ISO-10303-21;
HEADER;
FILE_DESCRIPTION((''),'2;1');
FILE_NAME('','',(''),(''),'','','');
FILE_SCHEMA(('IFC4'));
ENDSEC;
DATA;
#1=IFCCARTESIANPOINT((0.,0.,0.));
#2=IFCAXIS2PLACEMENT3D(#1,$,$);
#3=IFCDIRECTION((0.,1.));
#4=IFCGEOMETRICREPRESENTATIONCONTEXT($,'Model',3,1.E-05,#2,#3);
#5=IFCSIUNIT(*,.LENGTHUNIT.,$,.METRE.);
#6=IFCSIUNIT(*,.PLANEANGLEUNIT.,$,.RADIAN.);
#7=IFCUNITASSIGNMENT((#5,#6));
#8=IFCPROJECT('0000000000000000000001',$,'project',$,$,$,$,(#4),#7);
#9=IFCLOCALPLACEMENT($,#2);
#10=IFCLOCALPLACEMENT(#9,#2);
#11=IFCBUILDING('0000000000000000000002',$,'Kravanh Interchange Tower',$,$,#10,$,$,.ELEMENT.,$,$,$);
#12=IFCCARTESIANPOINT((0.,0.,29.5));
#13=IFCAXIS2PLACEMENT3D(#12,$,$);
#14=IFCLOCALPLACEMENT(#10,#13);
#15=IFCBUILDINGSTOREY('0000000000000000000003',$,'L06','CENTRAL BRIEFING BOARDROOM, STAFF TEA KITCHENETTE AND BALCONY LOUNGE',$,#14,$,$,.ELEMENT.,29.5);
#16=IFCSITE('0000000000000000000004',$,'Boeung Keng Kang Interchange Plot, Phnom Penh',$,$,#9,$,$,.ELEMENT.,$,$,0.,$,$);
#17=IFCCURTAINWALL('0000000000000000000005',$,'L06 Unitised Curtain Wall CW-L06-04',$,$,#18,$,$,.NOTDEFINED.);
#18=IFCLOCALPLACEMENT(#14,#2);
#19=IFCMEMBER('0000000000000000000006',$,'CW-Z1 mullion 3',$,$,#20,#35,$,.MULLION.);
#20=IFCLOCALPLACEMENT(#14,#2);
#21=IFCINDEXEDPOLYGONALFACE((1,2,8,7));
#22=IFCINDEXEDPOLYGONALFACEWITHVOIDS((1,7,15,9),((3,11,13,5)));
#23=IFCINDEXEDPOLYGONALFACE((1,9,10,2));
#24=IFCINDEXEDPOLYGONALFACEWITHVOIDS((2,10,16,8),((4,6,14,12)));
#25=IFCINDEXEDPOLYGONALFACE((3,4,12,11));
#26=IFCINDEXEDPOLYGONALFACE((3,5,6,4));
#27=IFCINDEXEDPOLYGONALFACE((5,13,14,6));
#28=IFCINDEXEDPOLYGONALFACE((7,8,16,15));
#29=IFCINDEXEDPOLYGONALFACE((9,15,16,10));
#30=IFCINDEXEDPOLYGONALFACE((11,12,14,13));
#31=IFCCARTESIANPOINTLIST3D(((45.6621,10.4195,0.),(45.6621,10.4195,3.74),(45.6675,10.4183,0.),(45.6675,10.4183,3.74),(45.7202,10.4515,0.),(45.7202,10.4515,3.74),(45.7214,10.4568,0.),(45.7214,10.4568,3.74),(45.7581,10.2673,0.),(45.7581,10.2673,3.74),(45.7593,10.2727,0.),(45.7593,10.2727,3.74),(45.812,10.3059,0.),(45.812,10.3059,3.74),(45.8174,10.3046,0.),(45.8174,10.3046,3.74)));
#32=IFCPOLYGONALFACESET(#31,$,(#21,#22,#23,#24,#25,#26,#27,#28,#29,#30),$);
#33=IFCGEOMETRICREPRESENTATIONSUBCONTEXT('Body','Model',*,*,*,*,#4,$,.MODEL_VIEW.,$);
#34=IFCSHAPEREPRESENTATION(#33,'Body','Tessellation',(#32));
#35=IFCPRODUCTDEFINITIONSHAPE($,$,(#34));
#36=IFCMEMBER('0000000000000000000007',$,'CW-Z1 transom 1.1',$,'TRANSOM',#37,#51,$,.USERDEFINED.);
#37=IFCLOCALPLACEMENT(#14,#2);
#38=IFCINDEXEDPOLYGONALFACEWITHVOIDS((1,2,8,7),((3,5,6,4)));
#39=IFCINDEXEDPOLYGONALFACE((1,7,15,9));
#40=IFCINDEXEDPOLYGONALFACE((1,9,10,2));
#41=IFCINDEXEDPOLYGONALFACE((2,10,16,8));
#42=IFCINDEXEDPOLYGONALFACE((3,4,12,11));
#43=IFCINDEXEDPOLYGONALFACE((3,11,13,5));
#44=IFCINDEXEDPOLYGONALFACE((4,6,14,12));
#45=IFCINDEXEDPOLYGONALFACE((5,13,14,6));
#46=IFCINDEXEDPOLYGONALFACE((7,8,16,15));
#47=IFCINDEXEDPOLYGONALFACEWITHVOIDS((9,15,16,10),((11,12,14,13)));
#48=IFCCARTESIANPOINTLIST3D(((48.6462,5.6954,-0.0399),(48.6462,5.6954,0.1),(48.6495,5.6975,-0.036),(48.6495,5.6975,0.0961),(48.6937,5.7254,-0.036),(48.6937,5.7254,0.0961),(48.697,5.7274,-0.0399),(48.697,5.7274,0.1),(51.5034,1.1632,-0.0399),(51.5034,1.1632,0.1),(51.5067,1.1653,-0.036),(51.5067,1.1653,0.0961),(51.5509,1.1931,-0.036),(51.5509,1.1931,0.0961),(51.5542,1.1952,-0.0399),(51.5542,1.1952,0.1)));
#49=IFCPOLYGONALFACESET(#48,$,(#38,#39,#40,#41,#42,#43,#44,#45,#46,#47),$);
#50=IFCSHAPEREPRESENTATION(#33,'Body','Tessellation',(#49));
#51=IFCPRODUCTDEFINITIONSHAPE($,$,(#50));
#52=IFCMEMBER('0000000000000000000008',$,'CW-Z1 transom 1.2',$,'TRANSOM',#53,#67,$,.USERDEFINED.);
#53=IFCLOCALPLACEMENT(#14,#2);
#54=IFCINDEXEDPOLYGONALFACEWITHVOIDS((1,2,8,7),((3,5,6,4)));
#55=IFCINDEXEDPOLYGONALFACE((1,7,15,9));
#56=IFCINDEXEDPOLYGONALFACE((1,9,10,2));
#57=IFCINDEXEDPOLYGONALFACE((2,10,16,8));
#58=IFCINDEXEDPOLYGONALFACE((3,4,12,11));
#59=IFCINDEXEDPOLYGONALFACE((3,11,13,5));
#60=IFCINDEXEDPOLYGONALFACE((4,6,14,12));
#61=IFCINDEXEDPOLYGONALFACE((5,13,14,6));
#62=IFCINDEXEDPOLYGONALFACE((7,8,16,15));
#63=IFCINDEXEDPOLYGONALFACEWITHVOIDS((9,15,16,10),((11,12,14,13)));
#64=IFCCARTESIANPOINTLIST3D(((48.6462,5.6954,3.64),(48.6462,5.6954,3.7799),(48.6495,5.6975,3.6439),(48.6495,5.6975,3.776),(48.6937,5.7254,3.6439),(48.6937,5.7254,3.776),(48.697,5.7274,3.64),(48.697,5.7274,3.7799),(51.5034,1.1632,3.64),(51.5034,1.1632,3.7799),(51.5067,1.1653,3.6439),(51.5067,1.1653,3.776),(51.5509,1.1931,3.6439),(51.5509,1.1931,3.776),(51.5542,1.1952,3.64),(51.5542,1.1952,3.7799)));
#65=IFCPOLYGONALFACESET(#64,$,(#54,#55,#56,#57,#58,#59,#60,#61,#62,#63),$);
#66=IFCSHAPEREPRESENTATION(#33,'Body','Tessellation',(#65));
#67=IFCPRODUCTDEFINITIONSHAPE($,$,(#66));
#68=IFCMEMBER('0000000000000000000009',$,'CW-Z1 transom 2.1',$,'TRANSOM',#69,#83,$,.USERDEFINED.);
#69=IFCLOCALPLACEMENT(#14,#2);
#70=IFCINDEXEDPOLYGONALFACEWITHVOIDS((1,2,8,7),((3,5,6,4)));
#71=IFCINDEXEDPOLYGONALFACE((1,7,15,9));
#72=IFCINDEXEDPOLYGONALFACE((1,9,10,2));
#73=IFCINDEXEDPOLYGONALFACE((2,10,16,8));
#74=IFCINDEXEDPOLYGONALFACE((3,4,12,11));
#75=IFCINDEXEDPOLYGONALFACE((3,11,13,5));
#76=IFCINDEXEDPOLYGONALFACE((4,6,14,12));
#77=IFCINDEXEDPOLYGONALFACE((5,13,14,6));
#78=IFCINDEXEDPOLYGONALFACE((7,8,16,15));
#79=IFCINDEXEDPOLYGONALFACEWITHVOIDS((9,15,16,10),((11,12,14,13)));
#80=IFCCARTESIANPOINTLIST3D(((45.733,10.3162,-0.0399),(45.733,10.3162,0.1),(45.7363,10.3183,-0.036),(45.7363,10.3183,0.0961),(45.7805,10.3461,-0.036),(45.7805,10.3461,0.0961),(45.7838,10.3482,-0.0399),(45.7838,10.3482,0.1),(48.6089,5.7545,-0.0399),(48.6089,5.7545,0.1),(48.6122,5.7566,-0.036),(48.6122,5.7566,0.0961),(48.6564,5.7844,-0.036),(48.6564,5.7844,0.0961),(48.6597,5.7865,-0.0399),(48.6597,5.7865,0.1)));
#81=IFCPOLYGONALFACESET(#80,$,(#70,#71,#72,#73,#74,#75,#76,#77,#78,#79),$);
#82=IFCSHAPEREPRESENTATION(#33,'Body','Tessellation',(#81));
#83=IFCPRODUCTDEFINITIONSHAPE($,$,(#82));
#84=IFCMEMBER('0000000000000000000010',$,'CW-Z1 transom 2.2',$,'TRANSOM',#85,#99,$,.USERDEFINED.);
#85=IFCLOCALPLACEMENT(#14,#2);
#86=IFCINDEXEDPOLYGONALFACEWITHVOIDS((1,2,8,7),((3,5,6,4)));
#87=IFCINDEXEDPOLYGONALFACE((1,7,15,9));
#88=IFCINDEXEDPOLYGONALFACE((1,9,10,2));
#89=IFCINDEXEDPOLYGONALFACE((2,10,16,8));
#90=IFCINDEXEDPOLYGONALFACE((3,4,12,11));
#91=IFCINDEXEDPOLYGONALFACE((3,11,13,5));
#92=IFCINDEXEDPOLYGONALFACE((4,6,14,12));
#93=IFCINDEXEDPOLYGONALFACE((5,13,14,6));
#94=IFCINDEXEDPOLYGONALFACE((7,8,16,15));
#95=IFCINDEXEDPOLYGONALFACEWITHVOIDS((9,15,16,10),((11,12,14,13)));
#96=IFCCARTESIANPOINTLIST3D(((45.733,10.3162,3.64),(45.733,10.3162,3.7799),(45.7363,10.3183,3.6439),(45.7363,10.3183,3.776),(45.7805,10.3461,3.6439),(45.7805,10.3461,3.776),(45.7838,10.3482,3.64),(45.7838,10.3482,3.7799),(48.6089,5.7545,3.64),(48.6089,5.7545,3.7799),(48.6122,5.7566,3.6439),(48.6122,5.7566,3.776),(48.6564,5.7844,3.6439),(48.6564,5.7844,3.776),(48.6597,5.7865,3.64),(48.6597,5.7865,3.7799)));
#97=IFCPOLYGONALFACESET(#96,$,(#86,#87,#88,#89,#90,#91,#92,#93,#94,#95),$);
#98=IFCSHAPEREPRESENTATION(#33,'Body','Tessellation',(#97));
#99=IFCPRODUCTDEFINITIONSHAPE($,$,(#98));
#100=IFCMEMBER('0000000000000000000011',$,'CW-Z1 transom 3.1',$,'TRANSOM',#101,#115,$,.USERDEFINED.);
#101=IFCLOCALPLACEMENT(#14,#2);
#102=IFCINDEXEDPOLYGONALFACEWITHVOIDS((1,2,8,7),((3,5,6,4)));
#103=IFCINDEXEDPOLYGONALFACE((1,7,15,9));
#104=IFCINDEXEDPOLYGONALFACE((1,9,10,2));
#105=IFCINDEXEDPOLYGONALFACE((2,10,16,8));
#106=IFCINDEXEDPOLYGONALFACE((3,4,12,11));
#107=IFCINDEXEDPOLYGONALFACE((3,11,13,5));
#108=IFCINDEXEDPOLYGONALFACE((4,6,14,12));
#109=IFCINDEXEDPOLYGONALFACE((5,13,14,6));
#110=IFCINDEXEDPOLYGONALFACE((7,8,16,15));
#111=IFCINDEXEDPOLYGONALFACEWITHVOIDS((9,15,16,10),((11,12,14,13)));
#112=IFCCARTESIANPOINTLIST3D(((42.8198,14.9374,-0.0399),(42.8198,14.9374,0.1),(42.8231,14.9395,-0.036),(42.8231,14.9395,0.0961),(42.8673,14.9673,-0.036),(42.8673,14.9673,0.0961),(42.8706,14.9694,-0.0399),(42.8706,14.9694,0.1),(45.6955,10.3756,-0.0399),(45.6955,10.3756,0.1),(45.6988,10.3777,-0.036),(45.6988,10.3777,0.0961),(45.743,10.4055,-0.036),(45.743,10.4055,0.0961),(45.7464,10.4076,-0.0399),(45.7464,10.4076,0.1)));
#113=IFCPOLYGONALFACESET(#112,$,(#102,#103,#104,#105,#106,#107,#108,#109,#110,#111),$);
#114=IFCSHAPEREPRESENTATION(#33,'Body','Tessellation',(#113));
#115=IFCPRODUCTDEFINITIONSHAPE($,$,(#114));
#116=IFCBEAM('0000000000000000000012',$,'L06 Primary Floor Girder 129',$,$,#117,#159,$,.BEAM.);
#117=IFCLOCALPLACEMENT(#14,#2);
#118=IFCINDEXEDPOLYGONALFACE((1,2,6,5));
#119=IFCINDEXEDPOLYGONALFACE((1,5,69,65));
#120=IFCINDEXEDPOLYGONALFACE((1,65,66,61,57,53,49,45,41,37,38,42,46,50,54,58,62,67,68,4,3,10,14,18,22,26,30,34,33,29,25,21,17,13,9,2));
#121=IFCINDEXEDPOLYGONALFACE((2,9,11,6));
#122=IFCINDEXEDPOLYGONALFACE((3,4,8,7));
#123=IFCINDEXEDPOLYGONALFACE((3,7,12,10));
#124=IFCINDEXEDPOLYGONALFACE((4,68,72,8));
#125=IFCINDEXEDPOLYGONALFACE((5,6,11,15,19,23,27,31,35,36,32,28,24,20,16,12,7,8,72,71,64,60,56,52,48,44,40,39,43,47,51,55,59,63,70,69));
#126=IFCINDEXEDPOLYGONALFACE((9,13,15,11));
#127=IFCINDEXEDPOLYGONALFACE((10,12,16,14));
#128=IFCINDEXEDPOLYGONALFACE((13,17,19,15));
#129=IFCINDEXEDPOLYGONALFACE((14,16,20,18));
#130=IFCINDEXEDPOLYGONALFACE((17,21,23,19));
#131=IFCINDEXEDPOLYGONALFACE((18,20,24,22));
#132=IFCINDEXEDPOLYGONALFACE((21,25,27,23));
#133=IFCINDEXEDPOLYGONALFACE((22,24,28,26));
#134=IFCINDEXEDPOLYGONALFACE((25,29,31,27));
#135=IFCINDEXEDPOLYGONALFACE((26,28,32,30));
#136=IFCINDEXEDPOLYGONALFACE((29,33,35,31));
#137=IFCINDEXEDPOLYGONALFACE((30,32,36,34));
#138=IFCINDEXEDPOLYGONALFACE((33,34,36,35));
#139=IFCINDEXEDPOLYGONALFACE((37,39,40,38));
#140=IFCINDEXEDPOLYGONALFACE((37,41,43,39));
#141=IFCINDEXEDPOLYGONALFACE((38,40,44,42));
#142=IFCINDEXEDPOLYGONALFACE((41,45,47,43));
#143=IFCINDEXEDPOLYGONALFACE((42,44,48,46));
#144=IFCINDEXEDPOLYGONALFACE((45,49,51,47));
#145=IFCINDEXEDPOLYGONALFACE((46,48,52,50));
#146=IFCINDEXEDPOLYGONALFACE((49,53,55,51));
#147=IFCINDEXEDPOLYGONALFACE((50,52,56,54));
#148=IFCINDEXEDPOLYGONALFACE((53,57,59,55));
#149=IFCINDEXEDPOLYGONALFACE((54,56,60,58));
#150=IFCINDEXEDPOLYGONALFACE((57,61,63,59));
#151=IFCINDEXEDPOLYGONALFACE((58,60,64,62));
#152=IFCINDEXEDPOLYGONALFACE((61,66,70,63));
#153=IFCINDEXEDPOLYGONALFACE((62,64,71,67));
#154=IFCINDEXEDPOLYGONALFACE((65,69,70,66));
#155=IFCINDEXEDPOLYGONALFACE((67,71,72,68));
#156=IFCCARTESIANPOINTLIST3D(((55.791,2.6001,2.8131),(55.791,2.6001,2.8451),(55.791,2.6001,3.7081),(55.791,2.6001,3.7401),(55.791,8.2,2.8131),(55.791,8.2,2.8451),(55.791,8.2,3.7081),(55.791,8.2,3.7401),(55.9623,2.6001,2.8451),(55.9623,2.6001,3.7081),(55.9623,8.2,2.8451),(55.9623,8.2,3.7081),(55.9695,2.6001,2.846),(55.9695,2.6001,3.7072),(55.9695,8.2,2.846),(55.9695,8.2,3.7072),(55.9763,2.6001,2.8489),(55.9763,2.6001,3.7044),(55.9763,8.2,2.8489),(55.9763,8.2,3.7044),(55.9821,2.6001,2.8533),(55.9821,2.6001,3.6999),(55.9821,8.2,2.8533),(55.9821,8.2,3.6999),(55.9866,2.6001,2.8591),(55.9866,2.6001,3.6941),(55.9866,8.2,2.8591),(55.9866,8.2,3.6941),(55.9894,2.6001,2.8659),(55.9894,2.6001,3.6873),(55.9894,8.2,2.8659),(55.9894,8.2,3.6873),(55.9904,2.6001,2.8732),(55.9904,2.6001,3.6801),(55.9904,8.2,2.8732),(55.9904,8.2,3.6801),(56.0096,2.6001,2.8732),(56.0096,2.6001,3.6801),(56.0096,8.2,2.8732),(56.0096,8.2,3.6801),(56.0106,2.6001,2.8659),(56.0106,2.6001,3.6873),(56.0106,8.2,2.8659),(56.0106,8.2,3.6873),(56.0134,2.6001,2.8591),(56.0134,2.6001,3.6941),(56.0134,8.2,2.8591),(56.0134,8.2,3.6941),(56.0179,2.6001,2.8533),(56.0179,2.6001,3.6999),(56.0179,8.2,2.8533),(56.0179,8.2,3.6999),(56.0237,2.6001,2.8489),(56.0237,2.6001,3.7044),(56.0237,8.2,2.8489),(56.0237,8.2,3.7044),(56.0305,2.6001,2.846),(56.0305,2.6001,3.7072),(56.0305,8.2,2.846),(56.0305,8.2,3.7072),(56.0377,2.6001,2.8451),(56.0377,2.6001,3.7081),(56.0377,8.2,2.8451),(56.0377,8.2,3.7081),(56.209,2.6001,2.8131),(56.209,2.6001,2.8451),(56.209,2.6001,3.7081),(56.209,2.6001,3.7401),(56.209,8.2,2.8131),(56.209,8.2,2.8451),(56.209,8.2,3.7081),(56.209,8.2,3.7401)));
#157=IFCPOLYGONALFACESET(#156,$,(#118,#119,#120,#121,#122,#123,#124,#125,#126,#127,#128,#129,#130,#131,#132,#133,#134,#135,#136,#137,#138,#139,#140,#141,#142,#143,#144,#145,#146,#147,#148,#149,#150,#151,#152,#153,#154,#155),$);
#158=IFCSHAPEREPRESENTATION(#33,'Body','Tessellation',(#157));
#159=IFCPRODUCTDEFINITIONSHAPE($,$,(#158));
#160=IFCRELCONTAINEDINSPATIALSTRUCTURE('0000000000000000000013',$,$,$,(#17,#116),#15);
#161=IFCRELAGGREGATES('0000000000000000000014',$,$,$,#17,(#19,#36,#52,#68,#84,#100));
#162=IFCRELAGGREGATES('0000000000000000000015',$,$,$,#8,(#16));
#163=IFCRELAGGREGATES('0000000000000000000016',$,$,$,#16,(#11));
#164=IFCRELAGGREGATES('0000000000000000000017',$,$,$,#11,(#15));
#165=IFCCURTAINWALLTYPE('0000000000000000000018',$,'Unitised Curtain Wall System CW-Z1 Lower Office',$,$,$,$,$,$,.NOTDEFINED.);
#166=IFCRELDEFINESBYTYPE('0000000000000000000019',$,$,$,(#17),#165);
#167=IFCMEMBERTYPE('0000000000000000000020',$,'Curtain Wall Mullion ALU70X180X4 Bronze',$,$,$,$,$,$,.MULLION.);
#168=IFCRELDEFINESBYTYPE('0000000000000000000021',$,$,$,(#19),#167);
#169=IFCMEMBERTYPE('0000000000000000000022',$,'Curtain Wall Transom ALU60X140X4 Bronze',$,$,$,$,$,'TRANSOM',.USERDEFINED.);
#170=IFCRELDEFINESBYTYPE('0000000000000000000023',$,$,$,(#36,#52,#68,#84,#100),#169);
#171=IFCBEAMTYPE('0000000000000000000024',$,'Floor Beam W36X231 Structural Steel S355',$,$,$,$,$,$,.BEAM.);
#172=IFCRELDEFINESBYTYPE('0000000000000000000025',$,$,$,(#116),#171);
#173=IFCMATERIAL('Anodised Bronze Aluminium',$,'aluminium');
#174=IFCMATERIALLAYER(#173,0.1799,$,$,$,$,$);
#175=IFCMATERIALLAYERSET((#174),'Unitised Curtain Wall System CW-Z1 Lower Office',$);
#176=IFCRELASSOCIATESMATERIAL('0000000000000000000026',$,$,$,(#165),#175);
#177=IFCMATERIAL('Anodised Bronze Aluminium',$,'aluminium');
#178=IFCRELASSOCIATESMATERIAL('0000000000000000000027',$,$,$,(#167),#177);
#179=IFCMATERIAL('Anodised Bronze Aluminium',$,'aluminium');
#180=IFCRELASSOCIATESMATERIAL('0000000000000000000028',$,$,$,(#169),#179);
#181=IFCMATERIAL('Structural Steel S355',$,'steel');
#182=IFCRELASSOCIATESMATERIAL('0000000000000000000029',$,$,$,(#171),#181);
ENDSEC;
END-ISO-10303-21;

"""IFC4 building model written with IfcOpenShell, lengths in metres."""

from ifc_helpers import new_model, si_unit, direction, frame, origin, origin_2d, place, context, subcontext, project, spatial, hollow_rectangle, i_section, extrude, material, layer, layer_set, material_profile, profile_set, type_object, element, aggregate, save


model = new_model("IFC4")

# Units and contexts
model_context = context("Model", 3, precision=1e-05, world=origin(), true_north=direction((0.0, 1.0)))
body_context = subcontext(model_context, "Body", "Model", "MODEL_VIEW")
ifc_project = project(units=[si_unit("LENGTHUNIT", "METRE"), si_unit("PLANEANGLEUNIT", "RADIAN")], contexts=[model_context])

# Site, building, storey
site_placement = place(None, origin())
site = spatial("IfcSite", under=ifc_project, at=site_placement, Name="Boeung Keng Kang Interchange Plot, Phnom Penh", CompositionType="ELEMENT", RefElevation=0.0)
building_placement = place(site_placement, origin())
building = spatial("IfcBuilding", under=site, at=building_placement, Name="Kravanh Interchange Tower", CompositionType="ELEMENT")
storey_placement = place(building_placement, frame((0.0, 0.0, 29.5)))
storey = spatial("IfcBuildingStorey", under=building, at=storey_placement, Name="L06", Description="CENTRAL BRIEFING BOARDROOM, STAFF TEA KITCHENETTE AND BALCONY LOUNGE", CompositionType="ELEMENT", Elevation=29.5)

# Shared definitions
ifc_material_1 = material(Name="Anodised Bronze Aluminium", Category="aluminium")
ifc_layer_1 = layer(ifc_material_1, 0.1799)
ifc_layer_set_1 = layer_set([ifc_layer_1], Name="Unitised Curtain Wall System CW-Z1 Lower Office")
curtain_wall_type = type_object("IfcCurtainWallType", Name="Unitised Curtain Wall System CW-Z1 Lower Office", PredefinedType="NOTDEFINED", material=ifc_layer_set_1)
ifc_material_2 = material(Name="Anodised Bronze Aluminium", Category="aluminium")
ifc_material_profile_1 = material_profile(ifc_material_2, hollow_rectangle(XDim=0.0701, YDim=0.1799, WallThickness=0.0039, at=origin_2d()), Name="ALU70X180X4")
ifc_profile_set_1 = profile_set([ifc_material_profile_1], Name="Anodised Bronze Aluminium")
member_type_1 = type_object("IfcMemberType", Name="Curtain Wall Mullion ALU70X180X4 Bronze", PredefinedType="MULLION", material=ifc_profile_set_1)

# Curtain wall, members
curtain_wall_1_placement = place(storey_placement, origin())
curtain_wall_1 = element("IfcCurtainWall", 1, at=curtain_wall_1_placement, inside=storey, type_object=curtain_wall_type, Name="L06 Unitised Curtain Wall CW-L06-04", PredefinedType="NOTDEFINED")
member_1_placement = place(storey_placement, frame((45.7397, 10.3621, 0.0), z_axis=(0.0, 0.0, 1.0), x_axis=(-0.845926, -0.533301, 0.0)))
member_1 = element("IfcMember", 2, at=member_1_placement, type_object=member_type_1, Name="CW-Z1 mullion 3", PredefinedType="MULLION", context=body_context, shape_type="SweptSolid", body=[
    extrude(hollow_rectangle(XDim=0.0701, YDim=0.1799, WallThickness=0.0039, at=origin_2d()), origin(), (0.0, 0.0, 1.0), 3.74),
])
ifc_material_3 = material(Name="Anodised Bronze Aluminium", Category="aluminium")
ifc_material_profile_2 = material_profile(ifc_material_3, hollow_rectangle(XDim=0.0601, YDim=0.1399, WallThickness=0.0039, at=origin_2d()), Name="ALU60X140X4")
ifc_profile_set_2 = profile_set([ifc_material_profile_2], Name="Anodised Bronze Aluminium")
member_type_2 = type_object("IfcMemberType", Name="Curtain Wall Transom ALU60X140X4 Bronze", ElementType="TRANSOM", PredefinedType="USERDEFINED", material=ifc_profile_set_2)
member_2_placement = place(storey_placement, frame((51.5288, 1.1792, 0.03), z_axis=(-0.533288, 0.845934, 0.0), x_axis=(-0.845934, -0.533288, 0.0)))
member_2 = element("IfcMember", 3, at=member_2_placement, type_object=member_type_2, Name="CW-Z1 transom 1.1", ObjectType="TRANSOM", PredefinedType="USERDEFINED", context=body_context, shape_type="SweptSolid", body=[
    extrude(hollow_rectangle(XDim=0.0601, YDim=0.1399, WallThickness=0.0039, at=origin_2d()), origin(), (0.0, 0.0, 1.0), 5.3577),
])
member_3_placement = place(storey_placement, frame((51.5288, 1.1792, 3.71), z_axis=(-0.533288, 0.845934, 0.0), x_axis=(-0.845934, -0.533288, 0.0)))
member_3 = element("IfcMember", 4, at=member_3_placement, type_object=member_type_2, Name="CW-Z1 transom 1.2", ObjectType="TRANSOM", PredefinedType="USERDEFINED", context=body_context, shape_type="SweptSolid", body=[
    extrude(hollow_rectangle(XDim=0.0601, YDim=0.1399, WallThickness=0.0039, at=origin_2d()), origin(), (0.0, 0.0, 1.0), 5.3577),
])
member_4_placement = place(storey_placement, frame((48.6343, 5.7705, 0.03), z_axis=(-0.533311, 0.845919, 0.0), x_axis=(-0.845919, -0.533311, 0.0)))
member_4 = element("IfcMember", 5, at=member_4_placement, type_object=member_type_2, Name="CW-Z1 transom 2.1", ObjectType="TRANSOM", PredefinedType="USERDEFINED", context=body_context, shape_type="SweptSolid", body=[
    extrude(hollow_rectangle(XDim=0.0601, YDim=0.1399, WallThickness=0.0039, at=origin_2d()), origin(), (0.0, 0.0, 1.0), 5.3926),
])
member_5_placement = place(storey_placement, frame((48.6343, 5.7705, 3.71), z_axis=(-0.533311, 0.845919, 0.0), x_axis=(-0.845919, -0.533311, 0.0)))
member_5 = element("IfcMember", 6, at=member_5_placement, type_object=member_type_2, Name="CW-Z1 transom 2.2", ObjectType="TRANSOM", PredefinedType="USERDEFINED", context=body_context, shape_type="SweptSolid", body=[
    extrude(hollow_rectangle(XDim=0.0601, YDim=0.1399, WallThickness=0.0039, at=origin_2d()), origin(), (0.0, 0.0, 1.0), 5.3926),
])
member_6_placement = place(storey_placement, frame((45.7209, 10.3916, 0.03), z_axis=(-0.533279, 0.845939, 0.0), x_axis=(-0.845939, -0.533279, 0.0)))
member_6 = element("IfcMember", 7, at=member_6_placement, type_object=member_type_2, Name="CW-Z1 transom 3.1", ObjectType="TRANSOM", PredefinedType="USERDEFINED", context=body_context, shape_type="SweptSolid", body=[
    extrude(hollow_rectangle(XDim=0.0601, YDim=0.1399, WallThickness=0.0039, at=origin_2d()), origin(), (0.0, 0.0, 1.0), 5.3926),
])

# Beam
ifc_material_4 = material(Name="Structural Steel S355", Category="steel")
ifc_material_profile_3 = material_profile(ifc_material_4, i_section(OverallWidth=0.418, OverallDepth=0.927, WebThickness=0.0193, FlangeThickness=0.032, FilletRadius=0.0281, at=origin_2d()), Name="W36X231")
ifc_profile_set_3 = profile_set([ifc_material_profile_3], Name="Structural Steel S355")
beam_type_1 = type_object("IfcBeamType", Name="Floor Beam W36X231 Structural Steel S355", PredefinedType="BEAM", material=ifc_profile_set_3)
beam_1_placement = place(storey_placement, frame((56.0, 2.6001, 3.2766), z_axis=(0.0, 1.0, 0.0), x_axis=(-1.0, 0.0, 0.0)))
element("IfcBeam", 8, at=beam_1_placement, inside=storey, type_object=beam_type_1, Name="L06 Primary Floor Girder 129", PredefinedType="BEAM", context=body_context, shape_type="SweptSolid", body=[
    extrude(i_section(OverallWidth=0.418, OverallDepth=0.927, WebThickness=0.0193, FlangeThickness=0.032, FilletRadius=0.0281, at=origin_2d()), origin(), (0.0, 0.0, 1.0), 5.5999),
])

aggregate(curtain_wall_1, [member_1, member_2, member_3, member_4, member_5, member_6])

save(model, "model.ifc")
